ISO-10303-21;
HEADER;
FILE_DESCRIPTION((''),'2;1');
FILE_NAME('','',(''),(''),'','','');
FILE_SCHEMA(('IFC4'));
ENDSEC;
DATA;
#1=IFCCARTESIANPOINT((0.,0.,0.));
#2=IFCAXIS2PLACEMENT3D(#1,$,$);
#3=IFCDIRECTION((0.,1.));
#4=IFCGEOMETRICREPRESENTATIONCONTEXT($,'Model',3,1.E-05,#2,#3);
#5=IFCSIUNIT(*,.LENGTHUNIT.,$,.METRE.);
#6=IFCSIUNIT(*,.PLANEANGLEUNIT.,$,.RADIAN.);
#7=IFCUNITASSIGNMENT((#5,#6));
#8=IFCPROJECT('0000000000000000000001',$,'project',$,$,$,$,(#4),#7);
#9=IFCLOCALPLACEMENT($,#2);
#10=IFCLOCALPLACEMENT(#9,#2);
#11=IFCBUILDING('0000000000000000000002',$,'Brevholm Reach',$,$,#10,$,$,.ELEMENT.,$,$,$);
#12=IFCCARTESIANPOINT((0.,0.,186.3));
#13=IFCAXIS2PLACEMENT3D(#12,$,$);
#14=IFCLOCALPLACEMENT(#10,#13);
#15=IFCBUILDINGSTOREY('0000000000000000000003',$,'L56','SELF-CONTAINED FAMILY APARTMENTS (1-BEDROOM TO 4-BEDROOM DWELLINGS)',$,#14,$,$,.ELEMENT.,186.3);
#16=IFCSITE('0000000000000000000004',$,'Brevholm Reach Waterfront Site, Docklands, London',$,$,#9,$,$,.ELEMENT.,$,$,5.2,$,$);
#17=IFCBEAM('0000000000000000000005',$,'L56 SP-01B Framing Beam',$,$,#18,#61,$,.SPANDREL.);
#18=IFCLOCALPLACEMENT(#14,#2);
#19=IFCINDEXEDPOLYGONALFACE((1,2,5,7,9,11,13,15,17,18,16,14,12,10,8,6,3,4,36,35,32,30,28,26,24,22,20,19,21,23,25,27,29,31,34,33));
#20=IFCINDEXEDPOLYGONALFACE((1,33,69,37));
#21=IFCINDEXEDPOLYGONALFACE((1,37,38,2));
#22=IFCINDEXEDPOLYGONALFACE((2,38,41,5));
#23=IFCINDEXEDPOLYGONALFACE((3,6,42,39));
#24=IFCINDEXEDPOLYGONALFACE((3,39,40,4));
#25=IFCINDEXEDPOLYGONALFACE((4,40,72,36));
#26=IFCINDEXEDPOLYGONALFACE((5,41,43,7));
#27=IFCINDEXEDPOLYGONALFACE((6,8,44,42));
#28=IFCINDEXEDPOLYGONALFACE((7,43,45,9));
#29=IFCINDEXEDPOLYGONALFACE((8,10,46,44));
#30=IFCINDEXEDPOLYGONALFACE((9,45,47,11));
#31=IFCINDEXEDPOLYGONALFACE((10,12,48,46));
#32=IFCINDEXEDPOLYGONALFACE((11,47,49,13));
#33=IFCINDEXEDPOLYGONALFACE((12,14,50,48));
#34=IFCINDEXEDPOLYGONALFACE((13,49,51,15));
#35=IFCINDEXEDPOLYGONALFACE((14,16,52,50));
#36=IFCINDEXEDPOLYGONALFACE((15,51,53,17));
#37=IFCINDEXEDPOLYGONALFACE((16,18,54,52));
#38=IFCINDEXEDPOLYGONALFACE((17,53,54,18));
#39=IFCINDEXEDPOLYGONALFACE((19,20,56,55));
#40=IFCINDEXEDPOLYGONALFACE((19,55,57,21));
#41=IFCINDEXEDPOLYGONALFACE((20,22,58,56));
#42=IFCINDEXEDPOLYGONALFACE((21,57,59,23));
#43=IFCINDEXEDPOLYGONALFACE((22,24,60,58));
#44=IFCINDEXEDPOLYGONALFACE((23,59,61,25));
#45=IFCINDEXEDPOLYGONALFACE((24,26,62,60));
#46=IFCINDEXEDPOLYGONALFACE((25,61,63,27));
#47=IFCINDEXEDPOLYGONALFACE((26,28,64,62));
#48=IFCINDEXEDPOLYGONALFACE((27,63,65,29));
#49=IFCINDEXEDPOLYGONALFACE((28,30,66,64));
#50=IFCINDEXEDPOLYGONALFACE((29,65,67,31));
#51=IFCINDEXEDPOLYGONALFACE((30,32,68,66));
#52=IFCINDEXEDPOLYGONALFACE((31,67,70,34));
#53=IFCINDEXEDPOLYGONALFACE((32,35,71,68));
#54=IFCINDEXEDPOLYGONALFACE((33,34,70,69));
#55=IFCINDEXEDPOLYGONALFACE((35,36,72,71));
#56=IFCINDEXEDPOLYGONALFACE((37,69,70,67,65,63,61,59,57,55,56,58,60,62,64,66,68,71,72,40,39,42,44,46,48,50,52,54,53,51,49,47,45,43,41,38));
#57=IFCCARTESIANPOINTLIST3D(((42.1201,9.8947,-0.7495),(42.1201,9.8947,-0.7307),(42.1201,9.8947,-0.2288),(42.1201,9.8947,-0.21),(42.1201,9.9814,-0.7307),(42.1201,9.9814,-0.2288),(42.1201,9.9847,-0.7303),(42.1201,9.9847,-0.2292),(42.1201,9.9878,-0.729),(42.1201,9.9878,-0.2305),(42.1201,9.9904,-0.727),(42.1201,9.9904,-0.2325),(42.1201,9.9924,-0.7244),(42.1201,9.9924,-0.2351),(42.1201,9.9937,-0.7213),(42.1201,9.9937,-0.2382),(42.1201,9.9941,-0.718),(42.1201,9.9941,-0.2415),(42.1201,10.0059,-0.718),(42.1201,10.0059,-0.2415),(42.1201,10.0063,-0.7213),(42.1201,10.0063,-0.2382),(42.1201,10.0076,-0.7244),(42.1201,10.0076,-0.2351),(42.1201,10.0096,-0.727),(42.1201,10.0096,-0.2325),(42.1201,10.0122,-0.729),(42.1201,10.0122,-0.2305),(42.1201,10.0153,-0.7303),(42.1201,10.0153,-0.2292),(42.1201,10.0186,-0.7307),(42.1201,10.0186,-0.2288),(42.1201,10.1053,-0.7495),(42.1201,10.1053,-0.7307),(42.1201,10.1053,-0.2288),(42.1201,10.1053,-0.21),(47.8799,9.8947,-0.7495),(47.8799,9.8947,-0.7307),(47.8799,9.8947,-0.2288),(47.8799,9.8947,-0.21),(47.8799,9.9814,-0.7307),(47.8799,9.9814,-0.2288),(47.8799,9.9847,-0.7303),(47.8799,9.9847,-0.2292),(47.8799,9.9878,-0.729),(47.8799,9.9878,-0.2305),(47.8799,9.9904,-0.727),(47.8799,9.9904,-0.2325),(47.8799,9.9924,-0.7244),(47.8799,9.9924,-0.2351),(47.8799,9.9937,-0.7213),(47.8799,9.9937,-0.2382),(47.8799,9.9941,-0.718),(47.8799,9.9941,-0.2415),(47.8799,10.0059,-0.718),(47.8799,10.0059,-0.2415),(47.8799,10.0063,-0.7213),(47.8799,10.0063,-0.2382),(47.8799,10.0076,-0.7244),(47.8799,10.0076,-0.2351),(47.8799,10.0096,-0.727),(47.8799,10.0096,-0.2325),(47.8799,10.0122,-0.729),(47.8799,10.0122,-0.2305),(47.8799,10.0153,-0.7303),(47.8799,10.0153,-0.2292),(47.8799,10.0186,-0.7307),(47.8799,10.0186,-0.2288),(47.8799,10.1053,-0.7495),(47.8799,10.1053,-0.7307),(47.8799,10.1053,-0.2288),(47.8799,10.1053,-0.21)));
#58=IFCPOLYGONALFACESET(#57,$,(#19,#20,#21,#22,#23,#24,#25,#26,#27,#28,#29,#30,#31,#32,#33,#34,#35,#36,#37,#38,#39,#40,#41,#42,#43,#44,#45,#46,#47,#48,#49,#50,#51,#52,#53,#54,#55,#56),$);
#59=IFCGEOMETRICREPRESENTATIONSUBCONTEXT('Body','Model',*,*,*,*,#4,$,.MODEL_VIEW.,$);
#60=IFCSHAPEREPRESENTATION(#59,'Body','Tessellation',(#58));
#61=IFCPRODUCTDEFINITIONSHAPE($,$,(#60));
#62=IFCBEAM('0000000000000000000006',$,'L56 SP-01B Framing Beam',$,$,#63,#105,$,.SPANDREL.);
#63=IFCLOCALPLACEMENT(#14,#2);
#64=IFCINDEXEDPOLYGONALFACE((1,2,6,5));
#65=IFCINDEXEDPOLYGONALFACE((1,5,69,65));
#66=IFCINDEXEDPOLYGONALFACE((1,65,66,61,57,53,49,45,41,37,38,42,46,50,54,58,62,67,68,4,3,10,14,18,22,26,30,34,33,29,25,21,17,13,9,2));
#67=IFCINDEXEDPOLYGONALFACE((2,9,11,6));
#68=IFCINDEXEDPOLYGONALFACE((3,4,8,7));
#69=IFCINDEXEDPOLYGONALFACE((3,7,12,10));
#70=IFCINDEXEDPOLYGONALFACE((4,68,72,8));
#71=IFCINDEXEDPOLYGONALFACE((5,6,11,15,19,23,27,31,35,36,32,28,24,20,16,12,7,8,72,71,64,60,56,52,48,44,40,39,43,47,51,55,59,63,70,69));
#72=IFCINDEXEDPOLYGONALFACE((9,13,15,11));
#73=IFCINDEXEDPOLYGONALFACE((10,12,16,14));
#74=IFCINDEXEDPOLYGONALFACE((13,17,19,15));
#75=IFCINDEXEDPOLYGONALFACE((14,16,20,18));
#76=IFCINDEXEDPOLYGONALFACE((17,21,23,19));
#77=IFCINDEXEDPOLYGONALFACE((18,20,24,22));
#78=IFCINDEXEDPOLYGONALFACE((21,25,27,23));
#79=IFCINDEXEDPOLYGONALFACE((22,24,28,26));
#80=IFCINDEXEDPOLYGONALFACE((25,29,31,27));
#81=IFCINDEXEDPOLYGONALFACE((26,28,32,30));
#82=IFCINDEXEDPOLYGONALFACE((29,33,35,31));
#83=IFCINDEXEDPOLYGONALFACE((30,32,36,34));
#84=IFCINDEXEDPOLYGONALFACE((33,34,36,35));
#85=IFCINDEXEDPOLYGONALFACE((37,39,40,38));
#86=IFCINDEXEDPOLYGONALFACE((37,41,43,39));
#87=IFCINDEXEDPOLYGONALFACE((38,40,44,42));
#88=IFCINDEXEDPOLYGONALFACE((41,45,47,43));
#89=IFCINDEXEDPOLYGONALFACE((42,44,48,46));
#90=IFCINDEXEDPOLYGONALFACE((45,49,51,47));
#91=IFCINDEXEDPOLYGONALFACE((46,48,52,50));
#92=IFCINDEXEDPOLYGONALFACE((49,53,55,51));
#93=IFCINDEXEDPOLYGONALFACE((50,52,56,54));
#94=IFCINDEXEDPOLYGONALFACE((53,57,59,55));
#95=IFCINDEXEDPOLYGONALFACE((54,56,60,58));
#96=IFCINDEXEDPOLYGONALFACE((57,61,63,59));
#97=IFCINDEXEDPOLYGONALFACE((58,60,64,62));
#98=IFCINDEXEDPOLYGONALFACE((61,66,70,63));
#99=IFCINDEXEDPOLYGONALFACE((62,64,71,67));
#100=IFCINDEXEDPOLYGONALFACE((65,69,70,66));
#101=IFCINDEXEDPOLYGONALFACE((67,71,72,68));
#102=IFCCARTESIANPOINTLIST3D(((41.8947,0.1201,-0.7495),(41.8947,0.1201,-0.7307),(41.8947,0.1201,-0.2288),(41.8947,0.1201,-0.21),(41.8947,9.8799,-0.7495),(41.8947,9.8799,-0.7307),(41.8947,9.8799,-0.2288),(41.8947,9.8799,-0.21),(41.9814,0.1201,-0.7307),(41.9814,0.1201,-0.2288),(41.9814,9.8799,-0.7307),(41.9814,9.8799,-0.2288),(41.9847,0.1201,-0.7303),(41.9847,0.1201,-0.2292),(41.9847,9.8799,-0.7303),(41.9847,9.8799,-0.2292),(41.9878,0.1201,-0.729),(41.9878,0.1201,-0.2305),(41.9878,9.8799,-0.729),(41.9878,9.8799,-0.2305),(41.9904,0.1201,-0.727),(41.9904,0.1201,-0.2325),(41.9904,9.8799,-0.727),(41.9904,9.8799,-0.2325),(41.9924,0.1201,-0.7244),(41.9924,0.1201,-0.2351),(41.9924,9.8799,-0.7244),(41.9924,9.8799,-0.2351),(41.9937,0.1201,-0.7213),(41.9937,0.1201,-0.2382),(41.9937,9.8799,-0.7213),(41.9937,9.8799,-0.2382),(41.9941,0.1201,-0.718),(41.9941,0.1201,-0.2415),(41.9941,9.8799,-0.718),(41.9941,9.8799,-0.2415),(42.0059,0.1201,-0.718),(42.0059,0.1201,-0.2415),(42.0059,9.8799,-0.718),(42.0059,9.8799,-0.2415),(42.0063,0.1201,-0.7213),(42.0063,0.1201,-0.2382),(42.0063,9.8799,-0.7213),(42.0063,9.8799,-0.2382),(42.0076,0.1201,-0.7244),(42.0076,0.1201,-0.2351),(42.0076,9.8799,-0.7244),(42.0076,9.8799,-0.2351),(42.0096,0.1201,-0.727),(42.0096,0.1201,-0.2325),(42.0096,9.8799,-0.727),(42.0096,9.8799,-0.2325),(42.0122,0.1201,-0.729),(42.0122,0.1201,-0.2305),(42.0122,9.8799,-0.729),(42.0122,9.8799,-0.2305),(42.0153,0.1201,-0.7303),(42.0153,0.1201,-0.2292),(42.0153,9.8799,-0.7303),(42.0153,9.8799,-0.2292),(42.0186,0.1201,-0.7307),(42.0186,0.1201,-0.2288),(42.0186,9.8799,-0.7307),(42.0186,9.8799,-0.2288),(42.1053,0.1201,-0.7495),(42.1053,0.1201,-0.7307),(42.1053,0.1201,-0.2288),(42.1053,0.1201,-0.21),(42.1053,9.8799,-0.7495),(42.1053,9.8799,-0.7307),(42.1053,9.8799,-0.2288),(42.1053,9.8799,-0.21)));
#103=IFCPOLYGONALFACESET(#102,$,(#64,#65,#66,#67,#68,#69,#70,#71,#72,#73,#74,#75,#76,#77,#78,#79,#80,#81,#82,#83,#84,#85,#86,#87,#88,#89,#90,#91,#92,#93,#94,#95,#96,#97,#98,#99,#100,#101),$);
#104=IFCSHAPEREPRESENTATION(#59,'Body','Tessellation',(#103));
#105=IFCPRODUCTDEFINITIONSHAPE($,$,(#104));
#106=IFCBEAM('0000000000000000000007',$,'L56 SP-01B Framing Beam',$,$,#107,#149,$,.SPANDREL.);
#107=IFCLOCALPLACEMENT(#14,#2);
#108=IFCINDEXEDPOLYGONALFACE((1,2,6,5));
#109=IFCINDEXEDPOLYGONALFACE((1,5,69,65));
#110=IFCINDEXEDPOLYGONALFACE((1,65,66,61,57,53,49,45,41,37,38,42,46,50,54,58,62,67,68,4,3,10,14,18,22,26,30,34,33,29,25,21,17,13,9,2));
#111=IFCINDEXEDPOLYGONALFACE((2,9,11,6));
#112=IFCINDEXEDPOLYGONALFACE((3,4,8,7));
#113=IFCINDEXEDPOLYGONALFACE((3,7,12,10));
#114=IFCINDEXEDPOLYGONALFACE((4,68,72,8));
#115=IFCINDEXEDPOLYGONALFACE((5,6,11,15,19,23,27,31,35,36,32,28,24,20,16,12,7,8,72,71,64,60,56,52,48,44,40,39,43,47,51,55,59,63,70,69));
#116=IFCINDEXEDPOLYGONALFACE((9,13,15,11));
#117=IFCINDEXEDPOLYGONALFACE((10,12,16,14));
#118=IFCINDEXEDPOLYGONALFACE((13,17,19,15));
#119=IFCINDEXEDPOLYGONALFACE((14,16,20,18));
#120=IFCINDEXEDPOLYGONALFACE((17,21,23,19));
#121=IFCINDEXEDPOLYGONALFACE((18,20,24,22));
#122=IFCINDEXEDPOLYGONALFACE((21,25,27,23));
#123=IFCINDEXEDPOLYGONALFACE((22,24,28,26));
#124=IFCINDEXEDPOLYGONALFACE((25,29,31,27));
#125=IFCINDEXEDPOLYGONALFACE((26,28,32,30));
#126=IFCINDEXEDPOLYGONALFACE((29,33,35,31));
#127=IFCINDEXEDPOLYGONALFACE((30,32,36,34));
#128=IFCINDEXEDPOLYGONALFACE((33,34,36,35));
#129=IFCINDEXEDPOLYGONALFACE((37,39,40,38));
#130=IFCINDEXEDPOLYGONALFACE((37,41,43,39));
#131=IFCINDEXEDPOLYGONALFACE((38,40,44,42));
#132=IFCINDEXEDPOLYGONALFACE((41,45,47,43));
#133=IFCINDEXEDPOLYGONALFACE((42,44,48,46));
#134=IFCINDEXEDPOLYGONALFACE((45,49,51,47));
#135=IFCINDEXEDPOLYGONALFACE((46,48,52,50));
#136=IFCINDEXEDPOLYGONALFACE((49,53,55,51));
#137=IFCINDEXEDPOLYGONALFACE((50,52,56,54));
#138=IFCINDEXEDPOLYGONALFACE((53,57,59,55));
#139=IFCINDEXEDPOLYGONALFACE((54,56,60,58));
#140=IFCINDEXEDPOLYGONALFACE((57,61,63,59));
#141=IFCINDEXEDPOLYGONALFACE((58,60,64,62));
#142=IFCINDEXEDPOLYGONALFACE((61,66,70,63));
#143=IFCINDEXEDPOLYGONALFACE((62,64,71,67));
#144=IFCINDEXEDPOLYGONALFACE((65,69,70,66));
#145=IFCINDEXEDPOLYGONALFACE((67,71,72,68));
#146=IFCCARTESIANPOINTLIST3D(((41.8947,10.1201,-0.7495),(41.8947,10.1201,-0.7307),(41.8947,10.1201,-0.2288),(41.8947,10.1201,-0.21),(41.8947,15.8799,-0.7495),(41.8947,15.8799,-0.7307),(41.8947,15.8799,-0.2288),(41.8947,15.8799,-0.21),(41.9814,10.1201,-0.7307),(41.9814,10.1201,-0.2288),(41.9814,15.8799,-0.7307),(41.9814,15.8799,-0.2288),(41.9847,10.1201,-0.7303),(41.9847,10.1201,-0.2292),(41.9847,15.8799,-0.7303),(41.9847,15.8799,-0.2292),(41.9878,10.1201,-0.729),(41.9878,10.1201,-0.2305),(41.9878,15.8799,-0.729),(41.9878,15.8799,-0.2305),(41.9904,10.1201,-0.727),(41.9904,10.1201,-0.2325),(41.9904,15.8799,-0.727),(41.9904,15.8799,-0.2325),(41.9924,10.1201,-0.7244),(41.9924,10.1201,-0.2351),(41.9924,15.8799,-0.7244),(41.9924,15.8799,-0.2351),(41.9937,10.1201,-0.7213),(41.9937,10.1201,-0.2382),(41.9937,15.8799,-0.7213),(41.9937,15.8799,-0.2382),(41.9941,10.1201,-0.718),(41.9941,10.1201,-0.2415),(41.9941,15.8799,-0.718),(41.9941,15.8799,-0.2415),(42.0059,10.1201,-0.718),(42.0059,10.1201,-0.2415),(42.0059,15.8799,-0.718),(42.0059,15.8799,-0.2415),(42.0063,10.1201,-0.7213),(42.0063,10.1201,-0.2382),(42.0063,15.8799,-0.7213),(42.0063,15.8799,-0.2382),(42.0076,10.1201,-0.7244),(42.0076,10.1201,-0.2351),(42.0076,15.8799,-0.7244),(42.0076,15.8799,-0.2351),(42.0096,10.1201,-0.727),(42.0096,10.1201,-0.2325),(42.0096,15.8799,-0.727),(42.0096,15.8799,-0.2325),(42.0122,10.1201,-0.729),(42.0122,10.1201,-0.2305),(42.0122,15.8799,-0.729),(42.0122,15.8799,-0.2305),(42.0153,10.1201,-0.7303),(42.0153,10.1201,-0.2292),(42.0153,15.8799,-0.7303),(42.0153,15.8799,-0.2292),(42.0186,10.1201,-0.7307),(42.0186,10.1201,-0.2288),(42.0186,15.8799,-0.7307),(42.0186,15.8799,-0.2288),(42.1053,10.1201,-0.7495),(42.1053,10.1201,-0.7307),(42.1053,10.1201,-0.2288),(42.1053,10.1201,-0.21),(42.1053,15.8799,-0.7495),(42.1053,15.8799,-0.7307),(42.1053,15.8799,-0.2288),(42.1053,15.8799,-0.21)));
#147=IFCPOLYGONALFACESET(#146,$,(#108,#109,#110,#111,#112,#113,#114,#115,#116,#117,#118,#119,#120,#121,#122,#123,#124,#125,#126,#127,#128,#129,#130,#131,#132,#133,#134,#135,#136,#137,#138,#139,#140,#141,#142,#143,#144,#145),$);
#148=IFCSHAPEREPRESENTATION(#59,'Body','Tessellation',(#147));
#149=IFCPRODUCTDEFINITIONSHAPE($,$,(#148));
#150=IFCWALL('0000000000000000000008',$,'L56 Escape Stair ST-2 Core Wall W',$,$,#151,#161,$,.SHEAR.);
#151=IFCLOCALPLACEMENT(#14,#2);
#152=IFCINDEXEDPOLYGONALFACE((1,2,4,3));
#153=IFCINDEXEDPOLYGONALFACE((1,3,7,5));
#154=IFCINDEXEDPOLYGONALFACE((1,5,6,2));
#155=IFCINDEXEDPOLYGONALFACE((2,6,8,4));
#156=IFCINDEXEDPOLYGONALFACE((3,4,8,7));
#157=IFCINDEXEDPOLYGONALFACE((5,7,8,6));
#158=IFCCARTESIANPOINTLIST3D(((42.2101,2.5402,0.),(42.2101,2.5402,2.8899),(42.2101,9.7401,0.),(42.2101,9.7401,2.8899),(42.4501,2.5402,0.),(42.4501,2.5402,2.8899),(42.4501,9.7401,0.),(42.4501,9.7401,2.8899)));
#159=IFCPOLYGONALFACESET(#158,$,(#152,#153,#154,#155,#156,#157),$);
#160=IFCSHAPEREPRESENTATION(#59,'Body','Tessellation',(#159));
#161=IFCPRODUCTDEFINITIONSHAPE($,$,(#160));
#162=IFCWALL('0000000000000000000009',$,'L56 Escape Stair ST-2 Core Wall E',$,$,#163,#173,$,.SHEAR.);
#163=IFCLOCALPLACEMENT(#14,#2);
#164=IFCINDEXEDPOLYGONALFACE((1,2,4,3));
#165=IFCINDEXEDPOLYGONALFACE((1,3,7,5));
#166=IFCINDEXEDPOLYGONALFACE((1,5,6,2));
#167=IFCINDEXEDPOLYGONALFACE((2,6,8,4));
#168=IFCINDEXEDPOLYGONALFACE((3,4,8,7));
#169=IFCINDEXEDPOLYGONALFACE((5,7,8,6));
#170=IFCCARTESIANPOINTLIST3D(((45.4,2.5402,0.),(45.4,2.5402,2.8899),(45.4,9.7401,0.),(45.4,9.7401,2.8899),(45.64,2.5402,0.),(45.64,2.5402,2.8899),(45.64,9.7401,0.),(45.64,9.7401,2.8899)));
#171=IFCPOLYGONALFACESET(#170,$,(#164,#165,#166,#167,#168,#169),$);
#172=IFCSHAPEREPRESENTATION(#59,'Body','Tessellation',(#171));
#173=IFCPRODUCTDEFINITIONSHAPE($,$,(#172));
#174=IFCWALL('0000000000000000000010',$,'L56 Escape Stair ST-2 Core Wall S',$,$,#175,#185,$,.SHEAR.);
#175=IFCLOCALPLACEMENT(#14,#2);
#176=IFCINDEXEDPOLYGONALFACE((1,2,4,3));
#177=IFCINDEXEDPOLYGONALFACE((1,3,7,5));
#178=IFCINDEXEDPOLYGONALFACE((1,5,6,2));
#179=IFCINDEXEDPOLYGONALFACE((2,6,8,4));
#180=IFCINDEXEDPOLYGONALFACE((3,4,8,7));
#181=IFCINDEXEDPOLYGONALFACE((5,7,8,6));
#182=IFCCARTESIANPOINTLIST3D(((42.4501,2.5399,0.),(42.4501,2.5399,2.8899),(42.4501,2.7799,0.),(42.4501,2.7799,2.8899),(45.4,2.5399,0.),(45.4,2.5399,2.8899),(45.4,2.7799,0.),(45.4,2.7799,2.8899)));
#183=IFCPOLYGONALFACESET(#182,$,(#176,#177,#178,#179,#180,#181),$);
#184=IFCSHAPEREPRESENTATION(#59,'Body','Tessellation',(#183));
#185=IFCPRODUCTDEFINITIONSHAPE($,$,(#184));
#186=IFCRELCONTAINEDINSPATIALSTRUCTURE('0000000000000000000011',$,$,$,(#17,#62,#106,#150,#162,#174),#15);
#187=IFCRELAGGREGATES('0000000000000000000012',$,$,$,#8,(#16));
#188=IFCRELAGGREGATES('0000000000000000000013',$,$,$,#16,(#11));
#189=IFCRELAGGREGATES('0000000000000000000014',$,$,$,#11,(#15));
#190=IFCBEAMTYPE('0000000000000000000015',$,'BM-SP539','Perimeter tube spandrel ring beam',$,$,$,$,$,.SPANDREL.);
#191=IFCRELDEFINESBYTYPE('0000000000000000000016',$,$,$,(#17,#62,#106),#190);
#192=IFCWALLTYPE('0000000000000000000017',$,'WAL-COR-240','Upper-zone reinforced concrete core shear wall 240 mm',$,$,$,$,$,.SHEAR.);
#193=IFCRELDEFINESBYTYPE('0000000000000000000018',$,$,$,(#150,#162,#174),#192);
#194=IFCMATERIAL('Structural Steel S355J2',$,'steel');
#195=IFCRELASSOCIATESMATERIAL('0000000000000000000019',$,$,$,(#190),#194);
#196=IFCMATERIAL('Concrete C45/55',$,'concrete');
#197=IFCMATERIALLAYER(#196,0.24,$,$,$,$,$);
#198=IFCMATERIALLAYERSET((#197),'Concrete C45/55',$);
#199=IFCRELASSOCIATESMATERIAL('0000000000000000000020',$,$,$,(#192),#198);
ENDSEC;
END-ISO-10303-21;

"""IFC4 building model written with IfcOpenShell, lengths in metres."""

from ifc_helpers import new_model, si_unit, direction, frame, frame_2d, origin, origin_2d, place, context, subcontext, project, spatial, rectangle, i_section, extrude, material, layer, layer_set, material_profile, profile_set, type_object, element, save


model = new_model("IFC4")

# Units and contexts
model_context = context("Model", 3, precision=1e-05, world=origin(), true_north=direction((0.0, 1.0)))
body_context = subcontext(model_context, "Body", "Model", "MODEL_VIEW")
ifc_project = project(units=[si_unit("LENGTHUNIT", "METRE"), si_unit("PLANEANGLEUNIT", "RADIAN")], contexts=[model_context])

# Site, building, storey
site_placement = place(None, origin())
site = spatial("IfcSite", under=ifc_project, at=site_placement, Name="Brevholm Reach Waterfront Site, Docklands, London", CompositionType="ELEMENT", RefElevation=5.2)
building_placement = place(site_placement, origin())
building = spatial("IfcBuilding", under=site, at=building_placement, Name="Brevholm Reach", CompositionType="ELEMENT")
storey_placement = place(building_placement, frame((0.0, 0.0, 186.3)))
storey = spatial("IfcBuildingStorey", under=building, at=storey_placement, Name="L56", Description="SELF-CONTAINED FAMILY APARTMENTS (1-BEDROOM TO 4-BEDROOM DWELLINGS)", CompositionType="ELEMENT", Elevation=186.3)

# Beams
ifc_material_1 = material(Name="Structural Steel S355J2", Category="steel")
ifc_material_profile_1 = material_profile(ifc_material_1, i_section(OverallWidth=0.2107, OverallDepth=0.5396, WebThickness=0.0117, FlangeThickness=0.0188, FilletRadius=0.0127, at=origin_2d()), Name="UKB 533x210x109")
ifc_profile_set_1 = profile_set([ifc_material_profile_1], Name="Structural Steel S355J2")
beam_type_1 = type_object("IfcBeamType", Name="BM-SP539", Description="Perimeter tube spandrel ring beam", PredefinedType="SPANDREL", material=ifc_profile_set_1)
beam_1_placement = place(storey_placement, frame((42.1201, 10.0, -0.4797), z_axis=(1.0, 0.0, 0.0), x_axis=(0.0, 1.0, 0.0)))
element("IfcBeam", 1, at=beam_1_placement, inside=storey, type_object=beam_type_1, Name="L56 SP-01B Framing Beam", PredefinedType="SPANDREL", context=body_context, shape_type="SweptSolid", body=[
    extrude(i_section(OverallWidth=0.2107, OverallDepth=0.5396, WebThickness=0.0117, FlangeThickness=0.0188, FilletRadius=0.0127, at=origin_2d()), origin(), (0.0, 0.0, 1.0), 5.7598),
])
beam_2_placement = place(storey_placement, frame((42.0, 0.1201, -0.4797), z_axis=(0.0, 1.0, 0.0), x_axis=(-1.0, 0.0, 0.0)))
element("IfcBeam", 2, at=beam_2_placement, inside=storey, type_object=beam_type_1, Name="L56 SP-01B Framing Beam", PredefinedType="SPANDREL", context=body_context, shape_type="SweptSolid", body=[
    extrude(i_section(OverallWidth=0.2107, OverallDepth=0.5396, WebThickness=0.0117, FlangeThickness=0.0188, FilletRadius=0.0127, at=origin_2d()), origin(), (0.0, 0.0, 1.0), 9.7598),
])
beam_3_placement = place(storey_placement, frame((42.0, 10.1201, -0.4797), z_axis=(0.0, 1.0, 0.0), x_axis=(-1.0, 0.0, 0.0)))
element("IfcBeam", 3, at=beam_3_placement, inside=storey, type_object=beam_type_1, Name="L56 SP-01B Framing Beam", PredefinedType="SPANDREL", context=body_context, shape_type="SweptSolid", body=[
    extrude(i_section(OverallWidth=0.2107, OverallDepth=0.5396, WebThickness=0.0117, FlangeThickness=0.0188, FilletRadius=0.0127, at=origin_2d()), origin(), (0.0, 0.0, 1.0), 5.7598),
])

# Walls
ifc_material_2 = material(Name="Concrete C45/55", Category="concrete")
ifc_layer_1 = layer(ifc_material_2, 0.24)
ifc_layer_set_1 = layer_set([ifc_layer_1], Name="Concrete C45/55")
wall_type_1 = type_object("IfcWallType", Name="WAL-COR-240", Description="Upper-zone reinforced concrete core shear wall 240 mm", PredefinedType="SHEAR", material=ifc_layer_set_1)
for number, where, z_axis, x_axis, name in (
    (4, (42.3301, 2.54, 0.0), (0.0, 0.0, 1.0), (0.0, 1.0, 0.0), "L56 Escape Stair ST-2 Core Wall W"),
    (5, (45.52, 2.54, 0.0), (0.0, 0.0, 1.0), (0.0, 1.0, 0.0), "L56 Escape Stair ST-2 Core Wall E"),
):
    element("IfcWall", number, at=place(storey_placement, frame(where, z_axis=z_axis, x_axis=x_axis)), inside=storey, type_object=wall_type_1, Name=name, PredefinedType="SHEAR", context=body_context, shape_type="SweptSolid", body=[
        extrude(rectangle(XDim=7.2, YDim=0.24, at=frame_2d((3.6001, 0.0))), origin(), (0.0, 0.0, 1.0), 2.8899),
    ])
wall_1_placement = place(storey_placement, frame((42.45, 2.6599, 0.0), z_axis=(0.0, 0.0, 1.0), x_axis=(1.0, 0.0, 0.0)))
element("IfcWall", 6, at=wall_1_placement, inside=storey, type_object=wall_type_1, Name="L56 Escape Stair ST-2 Core Wall S", PredefinedType="SHEAR", context=body_context, shape_type="SweptSolid", body=[
    extrude(rectangle(XDim=2.95, YDim=0.24, at=frame_2d((1.4751, 0.0))), origin(), (0.0, 0.0, 1.0), 2.8899),
])

save(model, "model.ifc")
